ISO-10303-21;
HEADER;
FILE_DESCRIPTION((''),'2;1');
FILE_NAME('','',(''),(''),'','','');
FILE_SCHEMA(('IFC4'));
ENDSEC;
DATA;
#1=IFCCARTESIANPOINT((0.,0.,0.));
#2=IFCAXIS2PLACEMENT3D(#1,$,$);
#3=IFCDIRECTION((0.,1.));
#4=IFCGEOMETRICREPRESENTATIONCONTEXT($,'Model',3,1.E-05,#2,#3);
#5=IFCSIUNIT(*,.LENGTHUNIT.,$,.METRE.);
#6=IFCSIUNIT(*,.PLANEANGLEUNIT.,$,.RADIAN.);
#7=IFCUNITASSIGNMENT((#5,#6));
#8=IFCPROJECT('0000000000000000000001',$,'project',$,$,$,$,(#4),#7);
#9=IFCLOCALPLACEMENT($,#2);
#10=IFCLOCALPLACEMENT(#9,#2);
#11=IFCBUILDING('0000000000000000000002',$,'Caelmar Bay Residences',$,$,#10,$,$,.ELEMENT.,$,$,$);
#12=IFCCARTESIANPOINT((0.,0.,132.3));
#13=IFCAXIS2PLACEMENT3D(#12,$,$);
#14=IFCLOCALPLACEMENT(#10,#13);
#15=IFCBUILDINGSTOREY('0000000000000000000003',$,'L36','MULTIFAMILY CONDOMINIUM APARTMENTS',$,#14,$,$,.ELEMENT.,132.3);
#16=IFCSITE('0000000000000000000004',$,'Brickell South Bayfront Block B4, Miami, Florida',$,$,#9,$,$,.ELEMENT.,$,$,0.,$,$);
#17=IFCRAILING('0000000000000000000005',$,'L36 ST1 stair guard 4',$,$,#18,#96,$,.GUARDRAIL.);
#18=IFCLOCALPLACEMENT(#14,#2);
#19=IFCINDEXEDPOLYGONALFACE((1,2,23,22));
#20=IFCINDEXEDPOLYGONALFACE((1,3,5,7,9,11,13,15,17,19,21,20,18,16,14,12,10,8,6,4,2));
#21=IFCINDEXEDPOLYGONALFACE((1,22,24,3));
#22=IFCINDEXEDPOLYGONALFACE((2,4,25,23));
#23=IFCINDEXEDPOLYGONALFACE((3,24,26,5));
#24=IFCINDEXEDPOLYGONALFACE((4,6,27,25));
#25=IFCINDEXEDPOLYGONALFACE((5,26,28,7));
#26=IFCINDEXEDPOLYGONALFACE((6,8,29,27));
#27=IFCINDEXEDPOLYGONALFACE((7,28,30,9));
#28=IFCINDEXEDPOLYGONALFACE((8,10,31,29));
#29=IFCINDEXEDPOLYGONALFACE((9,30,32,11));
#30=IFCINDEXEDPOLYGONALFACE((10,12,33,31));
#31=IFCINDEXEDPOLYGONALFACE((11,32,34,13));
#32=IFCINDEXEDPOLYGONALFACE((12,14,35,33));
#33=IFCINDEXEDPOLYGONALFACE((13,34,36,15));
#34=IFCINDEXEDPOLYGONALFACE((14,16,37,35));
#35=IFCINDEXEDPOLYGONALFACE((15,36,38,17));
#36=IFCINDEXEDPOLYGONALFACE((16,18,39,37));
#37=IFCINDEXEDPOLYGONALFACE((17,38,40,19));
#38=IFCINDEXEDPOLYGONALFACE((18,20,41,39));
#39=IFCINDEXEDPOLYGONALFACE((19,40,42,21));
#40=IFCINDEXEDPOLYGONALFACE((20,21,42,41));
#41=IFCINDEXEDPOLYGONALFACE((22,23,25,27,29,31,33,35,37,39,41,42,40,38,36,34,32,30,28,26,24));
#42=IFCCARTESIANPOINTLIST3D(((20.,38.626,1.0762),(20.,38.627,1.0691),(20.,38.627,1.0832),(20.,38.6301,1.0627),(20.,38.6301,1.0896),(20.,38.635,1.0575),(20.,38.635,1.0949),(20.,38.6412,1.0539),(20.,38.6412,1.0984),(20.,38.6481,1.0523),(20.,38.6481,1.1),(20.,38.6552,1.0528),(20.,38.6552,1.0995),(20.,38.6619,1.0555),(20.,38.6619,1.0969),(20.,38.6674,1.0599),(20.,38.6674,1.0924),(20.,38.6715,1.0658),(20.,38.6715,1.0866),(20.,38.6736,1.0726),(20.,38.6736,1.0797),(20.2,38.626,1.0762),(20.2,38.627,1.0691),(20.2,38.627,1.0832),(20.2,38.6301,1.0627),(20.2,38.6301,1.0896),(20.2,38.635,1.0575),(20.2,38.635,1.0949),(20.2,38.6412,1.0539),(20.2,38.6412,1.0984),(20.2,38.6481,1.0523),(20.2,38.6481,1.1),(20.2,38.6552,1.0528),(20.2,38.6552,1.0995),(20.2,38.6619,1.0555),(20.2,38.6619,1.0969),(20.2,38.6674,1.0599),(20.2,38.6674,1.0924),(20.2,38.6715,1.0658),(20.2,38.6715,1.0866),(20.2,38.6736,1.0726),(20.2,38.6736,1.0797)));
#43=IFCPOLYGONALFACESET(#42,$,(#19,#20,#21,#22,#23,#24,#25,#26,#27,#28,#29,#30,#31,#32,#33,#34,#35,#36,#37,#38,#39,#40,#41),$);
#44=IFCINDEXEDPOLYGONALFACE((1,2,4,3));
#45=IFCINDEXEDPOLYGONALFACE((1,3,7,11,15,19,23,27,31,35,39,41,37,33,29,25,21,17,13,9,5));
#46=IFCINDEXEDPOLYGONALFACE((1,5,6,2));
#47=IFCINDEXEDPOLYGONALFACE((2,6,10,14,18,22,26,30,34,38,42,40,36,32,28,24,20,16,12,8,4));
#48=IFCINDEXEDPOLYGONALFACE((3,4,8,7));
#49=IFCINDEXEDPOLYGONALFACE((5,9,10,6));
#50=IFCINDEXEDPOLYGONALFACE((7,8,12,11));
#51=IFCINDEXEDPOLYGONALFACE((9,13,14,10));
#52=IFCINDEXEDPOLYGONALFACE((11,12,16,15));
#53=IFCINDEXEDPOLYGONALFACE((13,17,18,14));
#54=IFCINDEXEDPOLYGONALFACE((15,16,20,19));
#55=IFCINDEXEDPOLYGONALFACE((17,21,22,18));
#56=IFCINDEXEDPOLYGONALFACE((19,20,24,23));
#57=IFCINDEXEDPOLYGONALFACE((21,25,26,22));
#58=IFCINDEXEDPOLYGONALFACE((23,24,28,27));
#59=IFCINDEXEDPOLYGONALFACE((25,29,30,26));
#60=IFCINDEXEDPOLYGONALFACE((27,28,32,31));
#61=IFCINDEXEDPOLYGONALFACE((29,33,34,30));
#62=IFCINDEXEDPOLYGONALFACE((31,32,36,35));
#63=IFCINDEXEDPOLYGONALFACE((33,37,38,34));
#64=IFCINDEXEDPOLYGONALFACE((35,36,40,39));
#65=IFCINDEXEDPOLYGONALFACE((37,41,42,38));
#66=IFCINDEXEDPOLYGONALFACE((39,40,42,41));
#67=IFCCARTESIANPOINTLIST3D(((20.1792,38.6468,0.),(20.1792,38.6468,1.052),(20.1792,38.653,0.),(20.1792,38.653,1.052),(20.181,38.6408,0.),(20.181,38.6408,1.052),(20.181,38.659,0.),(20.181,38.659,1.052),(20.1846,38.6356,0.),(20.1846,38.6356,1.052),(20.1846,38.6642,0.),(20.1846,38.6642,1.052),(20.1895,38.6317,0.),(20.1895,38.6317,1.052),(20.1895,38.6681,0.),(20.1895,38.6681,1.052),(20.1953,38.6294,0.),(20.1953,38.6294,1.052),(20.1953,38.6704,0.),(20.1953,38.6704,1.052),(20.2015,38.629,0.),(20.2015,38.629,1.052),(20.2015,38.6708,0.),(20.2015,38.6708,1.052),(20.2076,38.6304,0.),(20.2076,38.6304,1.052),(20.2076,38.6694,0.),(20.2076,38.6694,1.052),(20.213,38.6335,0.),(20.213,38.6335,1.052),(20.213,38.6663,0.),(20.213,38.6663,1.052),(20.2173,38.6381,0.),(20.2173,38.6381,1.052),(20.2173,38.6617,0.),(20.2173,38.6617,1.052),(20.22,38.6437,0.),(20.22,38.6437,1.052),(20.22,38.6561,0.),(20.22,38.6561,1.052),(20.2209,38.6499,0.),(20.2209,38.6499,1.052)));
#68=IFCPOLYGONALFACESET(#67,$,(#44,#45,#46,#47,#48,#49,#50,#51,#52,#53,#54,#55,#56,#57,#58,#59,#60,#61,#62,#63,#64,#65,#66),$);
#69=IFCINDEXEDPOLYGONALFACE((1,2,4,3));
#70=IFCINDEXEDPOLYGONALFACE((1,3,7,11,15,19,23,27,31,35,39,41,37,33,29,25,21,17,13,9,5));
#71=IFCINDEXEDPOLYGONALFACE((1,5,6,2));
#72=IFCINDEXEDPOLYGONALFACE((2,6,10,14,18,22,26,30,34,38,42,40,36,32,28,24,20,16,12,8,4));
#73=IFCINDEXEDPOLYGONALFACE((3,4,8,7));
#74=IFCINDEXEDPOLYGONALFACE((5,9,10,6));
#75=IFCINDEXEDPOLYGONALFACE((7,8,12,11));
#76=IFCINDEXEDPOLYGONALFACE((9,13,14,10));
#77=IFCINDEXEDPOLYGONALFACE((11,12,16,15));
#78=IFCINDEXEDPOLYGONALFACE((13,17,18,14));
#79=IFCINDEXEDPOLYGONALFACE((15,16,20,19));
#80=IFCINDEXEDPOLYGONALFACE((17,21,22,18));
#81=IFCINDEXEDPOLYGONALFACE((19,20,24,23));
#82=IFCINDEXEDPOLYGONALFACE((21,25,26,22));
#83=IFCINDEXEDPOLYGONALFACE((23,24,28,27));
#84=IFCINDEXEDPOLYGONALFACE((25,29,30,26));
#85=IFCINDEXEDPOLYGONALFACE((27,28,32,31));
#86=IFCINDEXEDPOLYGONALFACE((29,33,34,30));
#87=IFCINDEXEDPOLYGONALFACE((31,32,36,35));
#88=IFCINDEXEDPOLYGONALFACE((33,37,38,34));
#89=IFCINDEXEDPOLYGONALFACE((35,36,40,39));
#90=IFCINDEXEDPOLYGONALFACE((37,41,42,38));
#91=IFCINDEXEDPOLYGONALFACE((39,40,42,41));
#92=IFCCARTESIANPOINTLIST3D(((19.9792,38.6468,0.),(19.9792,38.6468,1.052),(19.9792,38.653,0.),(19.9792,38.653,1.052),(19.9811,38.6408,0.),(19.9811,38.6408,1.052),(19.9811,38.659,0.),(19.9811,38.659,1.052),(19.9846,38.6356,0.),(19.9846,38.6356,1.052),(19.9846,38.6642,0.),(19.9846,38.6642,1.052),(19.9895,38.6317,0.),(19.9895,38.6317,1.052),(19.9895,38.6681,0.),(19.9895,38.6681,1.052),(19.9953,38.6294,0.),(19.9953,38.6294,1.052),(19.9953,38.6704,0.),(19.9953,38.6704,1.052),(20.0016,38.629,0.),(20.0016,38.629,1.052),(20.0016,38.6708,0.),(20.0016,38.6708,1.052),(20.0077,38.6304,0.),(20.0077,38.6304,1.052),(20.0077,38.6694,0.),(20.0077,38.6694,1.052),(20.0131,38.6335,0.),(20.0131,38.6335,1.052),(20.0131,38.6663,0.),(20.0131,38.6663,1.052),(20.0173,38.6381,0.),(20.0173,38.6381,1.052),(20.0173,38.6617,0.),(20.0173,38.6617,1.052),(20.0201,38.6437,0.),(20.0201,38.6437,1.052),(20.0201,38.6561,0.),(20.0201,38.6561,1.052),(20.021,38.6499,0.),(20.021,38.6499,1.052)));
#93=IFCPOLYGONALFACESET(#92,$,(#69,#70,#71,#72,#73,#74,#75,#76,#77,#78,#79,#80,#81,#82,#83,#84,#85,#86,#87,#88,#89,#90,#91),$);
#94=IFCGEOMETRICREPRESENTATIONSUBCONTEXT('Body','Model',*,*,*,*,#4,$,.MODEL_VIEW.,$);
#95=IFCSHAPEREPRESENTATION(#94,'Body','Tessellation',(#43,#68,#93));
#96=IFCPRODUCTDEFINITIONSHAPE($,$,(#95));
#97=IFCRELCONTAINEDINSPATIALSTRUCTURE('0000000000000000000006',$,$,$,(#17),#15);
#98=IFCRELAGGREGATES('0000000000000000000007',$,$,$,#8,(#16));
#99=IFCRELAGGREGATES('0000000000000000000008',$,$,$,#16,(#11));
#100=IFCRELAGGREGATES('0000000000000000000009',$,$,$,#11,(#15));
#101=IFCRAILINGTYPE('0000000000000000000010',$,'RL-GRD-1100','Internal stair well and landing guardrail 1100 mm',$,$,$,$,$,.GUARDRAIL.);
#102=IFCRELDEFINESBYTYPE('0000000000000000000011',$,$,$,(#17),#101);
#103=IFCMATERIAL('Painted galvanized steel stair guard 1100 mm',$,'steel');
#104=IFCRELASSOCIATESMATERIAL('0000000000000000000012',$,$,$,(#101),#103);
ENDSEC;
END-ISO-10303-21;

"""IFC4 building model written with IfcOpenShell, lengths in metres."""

from ifc_helpers import new_model, si_unit, direction, frame, origin, origin_2d, place, context, subcontext, project, spatial, circle, extrude, material, type_object, element, save


model = new_model("IFC4")

# Units and contexts
model_context = context("Model", 3, precision=1e-05, world=origin(), true_north=direction((0.0, 1.0)))
body_context = subcontext(model_context, "Body", "Model", "MODEL_VIEW")
ifc_project = project(units=[si_unit("LENGTHUNIT", "METRE"), si_unit("PLANEANGLEUNIT", "RADIAN")], contexts=[model_context])

# Site, building, storey
site_placement = place(None, origin())
site = spatial("IfcSite", under=ifc_project, at=site_placement, Name="Brickell South Bayfront Block B4, Miami, Florida", CompositionType="ELEMENT", RefElevation=0.0)
building_placement = place(site_placement, origin())
building = spatial("IfcBuilding", under=site, at=building_placement, Name="Caelmar Bay Residences", CompositionType="ELEMENT")
storey_placement = place(building_placement, frame((0.0, 0.0, 132.3)))
storey = spatial("IfcBuildingStorey", under=building, at=storey_placement, Name="L36", Description="MULTIFAMILY CONDOMINIUM APARTMENTS", CompositionType="ELEMENT", Elevation=132.3)

# Railing
ifc_material_1 = material(Name="Painted galvanized steel stair guard 1100 mm", Category="steel")
railing_type_1 = type_object("IfcRailingType", Name="RL-GRD-1100", Description="Internal stair well and landing guardrail 1100 mm", PredefinedType="GUARDRAIL", material=ifc_material_1)
railing_1_placement = place(storey_placement, frame((20.2, 38.6499, 0.0)))
element("IfcRailing", 1, at=railing_1_placement, inside=storey, type_object=railing_type_1, Name="L36 ST1 stair guard 4", PredefinedType="GUARDRAIL", context=body_context, shape_type="SweptSolid", body=[
    extrude(circle(Radius=0.0239, at=origin_2d()), frame((0.0, 0.0, 1.0762), z_axis=(-1.0, 0.0, 0.0), x_axis=(0.0, -1.0, 0.0)), (0.0, 0.0, 1.0), 0.2),
    extrude(circle(Radius=0.021, at=origin_2d()), origin(), (0.0, 0.0, 1.0), 1.052),
    extrude(circle(Radius=0.021, at=origin_2d()), frame((-0.2, 0.0, 0.0)), (0.0, 0.0, 1.0), 1.052),
])

save(model, "model.ifc")
